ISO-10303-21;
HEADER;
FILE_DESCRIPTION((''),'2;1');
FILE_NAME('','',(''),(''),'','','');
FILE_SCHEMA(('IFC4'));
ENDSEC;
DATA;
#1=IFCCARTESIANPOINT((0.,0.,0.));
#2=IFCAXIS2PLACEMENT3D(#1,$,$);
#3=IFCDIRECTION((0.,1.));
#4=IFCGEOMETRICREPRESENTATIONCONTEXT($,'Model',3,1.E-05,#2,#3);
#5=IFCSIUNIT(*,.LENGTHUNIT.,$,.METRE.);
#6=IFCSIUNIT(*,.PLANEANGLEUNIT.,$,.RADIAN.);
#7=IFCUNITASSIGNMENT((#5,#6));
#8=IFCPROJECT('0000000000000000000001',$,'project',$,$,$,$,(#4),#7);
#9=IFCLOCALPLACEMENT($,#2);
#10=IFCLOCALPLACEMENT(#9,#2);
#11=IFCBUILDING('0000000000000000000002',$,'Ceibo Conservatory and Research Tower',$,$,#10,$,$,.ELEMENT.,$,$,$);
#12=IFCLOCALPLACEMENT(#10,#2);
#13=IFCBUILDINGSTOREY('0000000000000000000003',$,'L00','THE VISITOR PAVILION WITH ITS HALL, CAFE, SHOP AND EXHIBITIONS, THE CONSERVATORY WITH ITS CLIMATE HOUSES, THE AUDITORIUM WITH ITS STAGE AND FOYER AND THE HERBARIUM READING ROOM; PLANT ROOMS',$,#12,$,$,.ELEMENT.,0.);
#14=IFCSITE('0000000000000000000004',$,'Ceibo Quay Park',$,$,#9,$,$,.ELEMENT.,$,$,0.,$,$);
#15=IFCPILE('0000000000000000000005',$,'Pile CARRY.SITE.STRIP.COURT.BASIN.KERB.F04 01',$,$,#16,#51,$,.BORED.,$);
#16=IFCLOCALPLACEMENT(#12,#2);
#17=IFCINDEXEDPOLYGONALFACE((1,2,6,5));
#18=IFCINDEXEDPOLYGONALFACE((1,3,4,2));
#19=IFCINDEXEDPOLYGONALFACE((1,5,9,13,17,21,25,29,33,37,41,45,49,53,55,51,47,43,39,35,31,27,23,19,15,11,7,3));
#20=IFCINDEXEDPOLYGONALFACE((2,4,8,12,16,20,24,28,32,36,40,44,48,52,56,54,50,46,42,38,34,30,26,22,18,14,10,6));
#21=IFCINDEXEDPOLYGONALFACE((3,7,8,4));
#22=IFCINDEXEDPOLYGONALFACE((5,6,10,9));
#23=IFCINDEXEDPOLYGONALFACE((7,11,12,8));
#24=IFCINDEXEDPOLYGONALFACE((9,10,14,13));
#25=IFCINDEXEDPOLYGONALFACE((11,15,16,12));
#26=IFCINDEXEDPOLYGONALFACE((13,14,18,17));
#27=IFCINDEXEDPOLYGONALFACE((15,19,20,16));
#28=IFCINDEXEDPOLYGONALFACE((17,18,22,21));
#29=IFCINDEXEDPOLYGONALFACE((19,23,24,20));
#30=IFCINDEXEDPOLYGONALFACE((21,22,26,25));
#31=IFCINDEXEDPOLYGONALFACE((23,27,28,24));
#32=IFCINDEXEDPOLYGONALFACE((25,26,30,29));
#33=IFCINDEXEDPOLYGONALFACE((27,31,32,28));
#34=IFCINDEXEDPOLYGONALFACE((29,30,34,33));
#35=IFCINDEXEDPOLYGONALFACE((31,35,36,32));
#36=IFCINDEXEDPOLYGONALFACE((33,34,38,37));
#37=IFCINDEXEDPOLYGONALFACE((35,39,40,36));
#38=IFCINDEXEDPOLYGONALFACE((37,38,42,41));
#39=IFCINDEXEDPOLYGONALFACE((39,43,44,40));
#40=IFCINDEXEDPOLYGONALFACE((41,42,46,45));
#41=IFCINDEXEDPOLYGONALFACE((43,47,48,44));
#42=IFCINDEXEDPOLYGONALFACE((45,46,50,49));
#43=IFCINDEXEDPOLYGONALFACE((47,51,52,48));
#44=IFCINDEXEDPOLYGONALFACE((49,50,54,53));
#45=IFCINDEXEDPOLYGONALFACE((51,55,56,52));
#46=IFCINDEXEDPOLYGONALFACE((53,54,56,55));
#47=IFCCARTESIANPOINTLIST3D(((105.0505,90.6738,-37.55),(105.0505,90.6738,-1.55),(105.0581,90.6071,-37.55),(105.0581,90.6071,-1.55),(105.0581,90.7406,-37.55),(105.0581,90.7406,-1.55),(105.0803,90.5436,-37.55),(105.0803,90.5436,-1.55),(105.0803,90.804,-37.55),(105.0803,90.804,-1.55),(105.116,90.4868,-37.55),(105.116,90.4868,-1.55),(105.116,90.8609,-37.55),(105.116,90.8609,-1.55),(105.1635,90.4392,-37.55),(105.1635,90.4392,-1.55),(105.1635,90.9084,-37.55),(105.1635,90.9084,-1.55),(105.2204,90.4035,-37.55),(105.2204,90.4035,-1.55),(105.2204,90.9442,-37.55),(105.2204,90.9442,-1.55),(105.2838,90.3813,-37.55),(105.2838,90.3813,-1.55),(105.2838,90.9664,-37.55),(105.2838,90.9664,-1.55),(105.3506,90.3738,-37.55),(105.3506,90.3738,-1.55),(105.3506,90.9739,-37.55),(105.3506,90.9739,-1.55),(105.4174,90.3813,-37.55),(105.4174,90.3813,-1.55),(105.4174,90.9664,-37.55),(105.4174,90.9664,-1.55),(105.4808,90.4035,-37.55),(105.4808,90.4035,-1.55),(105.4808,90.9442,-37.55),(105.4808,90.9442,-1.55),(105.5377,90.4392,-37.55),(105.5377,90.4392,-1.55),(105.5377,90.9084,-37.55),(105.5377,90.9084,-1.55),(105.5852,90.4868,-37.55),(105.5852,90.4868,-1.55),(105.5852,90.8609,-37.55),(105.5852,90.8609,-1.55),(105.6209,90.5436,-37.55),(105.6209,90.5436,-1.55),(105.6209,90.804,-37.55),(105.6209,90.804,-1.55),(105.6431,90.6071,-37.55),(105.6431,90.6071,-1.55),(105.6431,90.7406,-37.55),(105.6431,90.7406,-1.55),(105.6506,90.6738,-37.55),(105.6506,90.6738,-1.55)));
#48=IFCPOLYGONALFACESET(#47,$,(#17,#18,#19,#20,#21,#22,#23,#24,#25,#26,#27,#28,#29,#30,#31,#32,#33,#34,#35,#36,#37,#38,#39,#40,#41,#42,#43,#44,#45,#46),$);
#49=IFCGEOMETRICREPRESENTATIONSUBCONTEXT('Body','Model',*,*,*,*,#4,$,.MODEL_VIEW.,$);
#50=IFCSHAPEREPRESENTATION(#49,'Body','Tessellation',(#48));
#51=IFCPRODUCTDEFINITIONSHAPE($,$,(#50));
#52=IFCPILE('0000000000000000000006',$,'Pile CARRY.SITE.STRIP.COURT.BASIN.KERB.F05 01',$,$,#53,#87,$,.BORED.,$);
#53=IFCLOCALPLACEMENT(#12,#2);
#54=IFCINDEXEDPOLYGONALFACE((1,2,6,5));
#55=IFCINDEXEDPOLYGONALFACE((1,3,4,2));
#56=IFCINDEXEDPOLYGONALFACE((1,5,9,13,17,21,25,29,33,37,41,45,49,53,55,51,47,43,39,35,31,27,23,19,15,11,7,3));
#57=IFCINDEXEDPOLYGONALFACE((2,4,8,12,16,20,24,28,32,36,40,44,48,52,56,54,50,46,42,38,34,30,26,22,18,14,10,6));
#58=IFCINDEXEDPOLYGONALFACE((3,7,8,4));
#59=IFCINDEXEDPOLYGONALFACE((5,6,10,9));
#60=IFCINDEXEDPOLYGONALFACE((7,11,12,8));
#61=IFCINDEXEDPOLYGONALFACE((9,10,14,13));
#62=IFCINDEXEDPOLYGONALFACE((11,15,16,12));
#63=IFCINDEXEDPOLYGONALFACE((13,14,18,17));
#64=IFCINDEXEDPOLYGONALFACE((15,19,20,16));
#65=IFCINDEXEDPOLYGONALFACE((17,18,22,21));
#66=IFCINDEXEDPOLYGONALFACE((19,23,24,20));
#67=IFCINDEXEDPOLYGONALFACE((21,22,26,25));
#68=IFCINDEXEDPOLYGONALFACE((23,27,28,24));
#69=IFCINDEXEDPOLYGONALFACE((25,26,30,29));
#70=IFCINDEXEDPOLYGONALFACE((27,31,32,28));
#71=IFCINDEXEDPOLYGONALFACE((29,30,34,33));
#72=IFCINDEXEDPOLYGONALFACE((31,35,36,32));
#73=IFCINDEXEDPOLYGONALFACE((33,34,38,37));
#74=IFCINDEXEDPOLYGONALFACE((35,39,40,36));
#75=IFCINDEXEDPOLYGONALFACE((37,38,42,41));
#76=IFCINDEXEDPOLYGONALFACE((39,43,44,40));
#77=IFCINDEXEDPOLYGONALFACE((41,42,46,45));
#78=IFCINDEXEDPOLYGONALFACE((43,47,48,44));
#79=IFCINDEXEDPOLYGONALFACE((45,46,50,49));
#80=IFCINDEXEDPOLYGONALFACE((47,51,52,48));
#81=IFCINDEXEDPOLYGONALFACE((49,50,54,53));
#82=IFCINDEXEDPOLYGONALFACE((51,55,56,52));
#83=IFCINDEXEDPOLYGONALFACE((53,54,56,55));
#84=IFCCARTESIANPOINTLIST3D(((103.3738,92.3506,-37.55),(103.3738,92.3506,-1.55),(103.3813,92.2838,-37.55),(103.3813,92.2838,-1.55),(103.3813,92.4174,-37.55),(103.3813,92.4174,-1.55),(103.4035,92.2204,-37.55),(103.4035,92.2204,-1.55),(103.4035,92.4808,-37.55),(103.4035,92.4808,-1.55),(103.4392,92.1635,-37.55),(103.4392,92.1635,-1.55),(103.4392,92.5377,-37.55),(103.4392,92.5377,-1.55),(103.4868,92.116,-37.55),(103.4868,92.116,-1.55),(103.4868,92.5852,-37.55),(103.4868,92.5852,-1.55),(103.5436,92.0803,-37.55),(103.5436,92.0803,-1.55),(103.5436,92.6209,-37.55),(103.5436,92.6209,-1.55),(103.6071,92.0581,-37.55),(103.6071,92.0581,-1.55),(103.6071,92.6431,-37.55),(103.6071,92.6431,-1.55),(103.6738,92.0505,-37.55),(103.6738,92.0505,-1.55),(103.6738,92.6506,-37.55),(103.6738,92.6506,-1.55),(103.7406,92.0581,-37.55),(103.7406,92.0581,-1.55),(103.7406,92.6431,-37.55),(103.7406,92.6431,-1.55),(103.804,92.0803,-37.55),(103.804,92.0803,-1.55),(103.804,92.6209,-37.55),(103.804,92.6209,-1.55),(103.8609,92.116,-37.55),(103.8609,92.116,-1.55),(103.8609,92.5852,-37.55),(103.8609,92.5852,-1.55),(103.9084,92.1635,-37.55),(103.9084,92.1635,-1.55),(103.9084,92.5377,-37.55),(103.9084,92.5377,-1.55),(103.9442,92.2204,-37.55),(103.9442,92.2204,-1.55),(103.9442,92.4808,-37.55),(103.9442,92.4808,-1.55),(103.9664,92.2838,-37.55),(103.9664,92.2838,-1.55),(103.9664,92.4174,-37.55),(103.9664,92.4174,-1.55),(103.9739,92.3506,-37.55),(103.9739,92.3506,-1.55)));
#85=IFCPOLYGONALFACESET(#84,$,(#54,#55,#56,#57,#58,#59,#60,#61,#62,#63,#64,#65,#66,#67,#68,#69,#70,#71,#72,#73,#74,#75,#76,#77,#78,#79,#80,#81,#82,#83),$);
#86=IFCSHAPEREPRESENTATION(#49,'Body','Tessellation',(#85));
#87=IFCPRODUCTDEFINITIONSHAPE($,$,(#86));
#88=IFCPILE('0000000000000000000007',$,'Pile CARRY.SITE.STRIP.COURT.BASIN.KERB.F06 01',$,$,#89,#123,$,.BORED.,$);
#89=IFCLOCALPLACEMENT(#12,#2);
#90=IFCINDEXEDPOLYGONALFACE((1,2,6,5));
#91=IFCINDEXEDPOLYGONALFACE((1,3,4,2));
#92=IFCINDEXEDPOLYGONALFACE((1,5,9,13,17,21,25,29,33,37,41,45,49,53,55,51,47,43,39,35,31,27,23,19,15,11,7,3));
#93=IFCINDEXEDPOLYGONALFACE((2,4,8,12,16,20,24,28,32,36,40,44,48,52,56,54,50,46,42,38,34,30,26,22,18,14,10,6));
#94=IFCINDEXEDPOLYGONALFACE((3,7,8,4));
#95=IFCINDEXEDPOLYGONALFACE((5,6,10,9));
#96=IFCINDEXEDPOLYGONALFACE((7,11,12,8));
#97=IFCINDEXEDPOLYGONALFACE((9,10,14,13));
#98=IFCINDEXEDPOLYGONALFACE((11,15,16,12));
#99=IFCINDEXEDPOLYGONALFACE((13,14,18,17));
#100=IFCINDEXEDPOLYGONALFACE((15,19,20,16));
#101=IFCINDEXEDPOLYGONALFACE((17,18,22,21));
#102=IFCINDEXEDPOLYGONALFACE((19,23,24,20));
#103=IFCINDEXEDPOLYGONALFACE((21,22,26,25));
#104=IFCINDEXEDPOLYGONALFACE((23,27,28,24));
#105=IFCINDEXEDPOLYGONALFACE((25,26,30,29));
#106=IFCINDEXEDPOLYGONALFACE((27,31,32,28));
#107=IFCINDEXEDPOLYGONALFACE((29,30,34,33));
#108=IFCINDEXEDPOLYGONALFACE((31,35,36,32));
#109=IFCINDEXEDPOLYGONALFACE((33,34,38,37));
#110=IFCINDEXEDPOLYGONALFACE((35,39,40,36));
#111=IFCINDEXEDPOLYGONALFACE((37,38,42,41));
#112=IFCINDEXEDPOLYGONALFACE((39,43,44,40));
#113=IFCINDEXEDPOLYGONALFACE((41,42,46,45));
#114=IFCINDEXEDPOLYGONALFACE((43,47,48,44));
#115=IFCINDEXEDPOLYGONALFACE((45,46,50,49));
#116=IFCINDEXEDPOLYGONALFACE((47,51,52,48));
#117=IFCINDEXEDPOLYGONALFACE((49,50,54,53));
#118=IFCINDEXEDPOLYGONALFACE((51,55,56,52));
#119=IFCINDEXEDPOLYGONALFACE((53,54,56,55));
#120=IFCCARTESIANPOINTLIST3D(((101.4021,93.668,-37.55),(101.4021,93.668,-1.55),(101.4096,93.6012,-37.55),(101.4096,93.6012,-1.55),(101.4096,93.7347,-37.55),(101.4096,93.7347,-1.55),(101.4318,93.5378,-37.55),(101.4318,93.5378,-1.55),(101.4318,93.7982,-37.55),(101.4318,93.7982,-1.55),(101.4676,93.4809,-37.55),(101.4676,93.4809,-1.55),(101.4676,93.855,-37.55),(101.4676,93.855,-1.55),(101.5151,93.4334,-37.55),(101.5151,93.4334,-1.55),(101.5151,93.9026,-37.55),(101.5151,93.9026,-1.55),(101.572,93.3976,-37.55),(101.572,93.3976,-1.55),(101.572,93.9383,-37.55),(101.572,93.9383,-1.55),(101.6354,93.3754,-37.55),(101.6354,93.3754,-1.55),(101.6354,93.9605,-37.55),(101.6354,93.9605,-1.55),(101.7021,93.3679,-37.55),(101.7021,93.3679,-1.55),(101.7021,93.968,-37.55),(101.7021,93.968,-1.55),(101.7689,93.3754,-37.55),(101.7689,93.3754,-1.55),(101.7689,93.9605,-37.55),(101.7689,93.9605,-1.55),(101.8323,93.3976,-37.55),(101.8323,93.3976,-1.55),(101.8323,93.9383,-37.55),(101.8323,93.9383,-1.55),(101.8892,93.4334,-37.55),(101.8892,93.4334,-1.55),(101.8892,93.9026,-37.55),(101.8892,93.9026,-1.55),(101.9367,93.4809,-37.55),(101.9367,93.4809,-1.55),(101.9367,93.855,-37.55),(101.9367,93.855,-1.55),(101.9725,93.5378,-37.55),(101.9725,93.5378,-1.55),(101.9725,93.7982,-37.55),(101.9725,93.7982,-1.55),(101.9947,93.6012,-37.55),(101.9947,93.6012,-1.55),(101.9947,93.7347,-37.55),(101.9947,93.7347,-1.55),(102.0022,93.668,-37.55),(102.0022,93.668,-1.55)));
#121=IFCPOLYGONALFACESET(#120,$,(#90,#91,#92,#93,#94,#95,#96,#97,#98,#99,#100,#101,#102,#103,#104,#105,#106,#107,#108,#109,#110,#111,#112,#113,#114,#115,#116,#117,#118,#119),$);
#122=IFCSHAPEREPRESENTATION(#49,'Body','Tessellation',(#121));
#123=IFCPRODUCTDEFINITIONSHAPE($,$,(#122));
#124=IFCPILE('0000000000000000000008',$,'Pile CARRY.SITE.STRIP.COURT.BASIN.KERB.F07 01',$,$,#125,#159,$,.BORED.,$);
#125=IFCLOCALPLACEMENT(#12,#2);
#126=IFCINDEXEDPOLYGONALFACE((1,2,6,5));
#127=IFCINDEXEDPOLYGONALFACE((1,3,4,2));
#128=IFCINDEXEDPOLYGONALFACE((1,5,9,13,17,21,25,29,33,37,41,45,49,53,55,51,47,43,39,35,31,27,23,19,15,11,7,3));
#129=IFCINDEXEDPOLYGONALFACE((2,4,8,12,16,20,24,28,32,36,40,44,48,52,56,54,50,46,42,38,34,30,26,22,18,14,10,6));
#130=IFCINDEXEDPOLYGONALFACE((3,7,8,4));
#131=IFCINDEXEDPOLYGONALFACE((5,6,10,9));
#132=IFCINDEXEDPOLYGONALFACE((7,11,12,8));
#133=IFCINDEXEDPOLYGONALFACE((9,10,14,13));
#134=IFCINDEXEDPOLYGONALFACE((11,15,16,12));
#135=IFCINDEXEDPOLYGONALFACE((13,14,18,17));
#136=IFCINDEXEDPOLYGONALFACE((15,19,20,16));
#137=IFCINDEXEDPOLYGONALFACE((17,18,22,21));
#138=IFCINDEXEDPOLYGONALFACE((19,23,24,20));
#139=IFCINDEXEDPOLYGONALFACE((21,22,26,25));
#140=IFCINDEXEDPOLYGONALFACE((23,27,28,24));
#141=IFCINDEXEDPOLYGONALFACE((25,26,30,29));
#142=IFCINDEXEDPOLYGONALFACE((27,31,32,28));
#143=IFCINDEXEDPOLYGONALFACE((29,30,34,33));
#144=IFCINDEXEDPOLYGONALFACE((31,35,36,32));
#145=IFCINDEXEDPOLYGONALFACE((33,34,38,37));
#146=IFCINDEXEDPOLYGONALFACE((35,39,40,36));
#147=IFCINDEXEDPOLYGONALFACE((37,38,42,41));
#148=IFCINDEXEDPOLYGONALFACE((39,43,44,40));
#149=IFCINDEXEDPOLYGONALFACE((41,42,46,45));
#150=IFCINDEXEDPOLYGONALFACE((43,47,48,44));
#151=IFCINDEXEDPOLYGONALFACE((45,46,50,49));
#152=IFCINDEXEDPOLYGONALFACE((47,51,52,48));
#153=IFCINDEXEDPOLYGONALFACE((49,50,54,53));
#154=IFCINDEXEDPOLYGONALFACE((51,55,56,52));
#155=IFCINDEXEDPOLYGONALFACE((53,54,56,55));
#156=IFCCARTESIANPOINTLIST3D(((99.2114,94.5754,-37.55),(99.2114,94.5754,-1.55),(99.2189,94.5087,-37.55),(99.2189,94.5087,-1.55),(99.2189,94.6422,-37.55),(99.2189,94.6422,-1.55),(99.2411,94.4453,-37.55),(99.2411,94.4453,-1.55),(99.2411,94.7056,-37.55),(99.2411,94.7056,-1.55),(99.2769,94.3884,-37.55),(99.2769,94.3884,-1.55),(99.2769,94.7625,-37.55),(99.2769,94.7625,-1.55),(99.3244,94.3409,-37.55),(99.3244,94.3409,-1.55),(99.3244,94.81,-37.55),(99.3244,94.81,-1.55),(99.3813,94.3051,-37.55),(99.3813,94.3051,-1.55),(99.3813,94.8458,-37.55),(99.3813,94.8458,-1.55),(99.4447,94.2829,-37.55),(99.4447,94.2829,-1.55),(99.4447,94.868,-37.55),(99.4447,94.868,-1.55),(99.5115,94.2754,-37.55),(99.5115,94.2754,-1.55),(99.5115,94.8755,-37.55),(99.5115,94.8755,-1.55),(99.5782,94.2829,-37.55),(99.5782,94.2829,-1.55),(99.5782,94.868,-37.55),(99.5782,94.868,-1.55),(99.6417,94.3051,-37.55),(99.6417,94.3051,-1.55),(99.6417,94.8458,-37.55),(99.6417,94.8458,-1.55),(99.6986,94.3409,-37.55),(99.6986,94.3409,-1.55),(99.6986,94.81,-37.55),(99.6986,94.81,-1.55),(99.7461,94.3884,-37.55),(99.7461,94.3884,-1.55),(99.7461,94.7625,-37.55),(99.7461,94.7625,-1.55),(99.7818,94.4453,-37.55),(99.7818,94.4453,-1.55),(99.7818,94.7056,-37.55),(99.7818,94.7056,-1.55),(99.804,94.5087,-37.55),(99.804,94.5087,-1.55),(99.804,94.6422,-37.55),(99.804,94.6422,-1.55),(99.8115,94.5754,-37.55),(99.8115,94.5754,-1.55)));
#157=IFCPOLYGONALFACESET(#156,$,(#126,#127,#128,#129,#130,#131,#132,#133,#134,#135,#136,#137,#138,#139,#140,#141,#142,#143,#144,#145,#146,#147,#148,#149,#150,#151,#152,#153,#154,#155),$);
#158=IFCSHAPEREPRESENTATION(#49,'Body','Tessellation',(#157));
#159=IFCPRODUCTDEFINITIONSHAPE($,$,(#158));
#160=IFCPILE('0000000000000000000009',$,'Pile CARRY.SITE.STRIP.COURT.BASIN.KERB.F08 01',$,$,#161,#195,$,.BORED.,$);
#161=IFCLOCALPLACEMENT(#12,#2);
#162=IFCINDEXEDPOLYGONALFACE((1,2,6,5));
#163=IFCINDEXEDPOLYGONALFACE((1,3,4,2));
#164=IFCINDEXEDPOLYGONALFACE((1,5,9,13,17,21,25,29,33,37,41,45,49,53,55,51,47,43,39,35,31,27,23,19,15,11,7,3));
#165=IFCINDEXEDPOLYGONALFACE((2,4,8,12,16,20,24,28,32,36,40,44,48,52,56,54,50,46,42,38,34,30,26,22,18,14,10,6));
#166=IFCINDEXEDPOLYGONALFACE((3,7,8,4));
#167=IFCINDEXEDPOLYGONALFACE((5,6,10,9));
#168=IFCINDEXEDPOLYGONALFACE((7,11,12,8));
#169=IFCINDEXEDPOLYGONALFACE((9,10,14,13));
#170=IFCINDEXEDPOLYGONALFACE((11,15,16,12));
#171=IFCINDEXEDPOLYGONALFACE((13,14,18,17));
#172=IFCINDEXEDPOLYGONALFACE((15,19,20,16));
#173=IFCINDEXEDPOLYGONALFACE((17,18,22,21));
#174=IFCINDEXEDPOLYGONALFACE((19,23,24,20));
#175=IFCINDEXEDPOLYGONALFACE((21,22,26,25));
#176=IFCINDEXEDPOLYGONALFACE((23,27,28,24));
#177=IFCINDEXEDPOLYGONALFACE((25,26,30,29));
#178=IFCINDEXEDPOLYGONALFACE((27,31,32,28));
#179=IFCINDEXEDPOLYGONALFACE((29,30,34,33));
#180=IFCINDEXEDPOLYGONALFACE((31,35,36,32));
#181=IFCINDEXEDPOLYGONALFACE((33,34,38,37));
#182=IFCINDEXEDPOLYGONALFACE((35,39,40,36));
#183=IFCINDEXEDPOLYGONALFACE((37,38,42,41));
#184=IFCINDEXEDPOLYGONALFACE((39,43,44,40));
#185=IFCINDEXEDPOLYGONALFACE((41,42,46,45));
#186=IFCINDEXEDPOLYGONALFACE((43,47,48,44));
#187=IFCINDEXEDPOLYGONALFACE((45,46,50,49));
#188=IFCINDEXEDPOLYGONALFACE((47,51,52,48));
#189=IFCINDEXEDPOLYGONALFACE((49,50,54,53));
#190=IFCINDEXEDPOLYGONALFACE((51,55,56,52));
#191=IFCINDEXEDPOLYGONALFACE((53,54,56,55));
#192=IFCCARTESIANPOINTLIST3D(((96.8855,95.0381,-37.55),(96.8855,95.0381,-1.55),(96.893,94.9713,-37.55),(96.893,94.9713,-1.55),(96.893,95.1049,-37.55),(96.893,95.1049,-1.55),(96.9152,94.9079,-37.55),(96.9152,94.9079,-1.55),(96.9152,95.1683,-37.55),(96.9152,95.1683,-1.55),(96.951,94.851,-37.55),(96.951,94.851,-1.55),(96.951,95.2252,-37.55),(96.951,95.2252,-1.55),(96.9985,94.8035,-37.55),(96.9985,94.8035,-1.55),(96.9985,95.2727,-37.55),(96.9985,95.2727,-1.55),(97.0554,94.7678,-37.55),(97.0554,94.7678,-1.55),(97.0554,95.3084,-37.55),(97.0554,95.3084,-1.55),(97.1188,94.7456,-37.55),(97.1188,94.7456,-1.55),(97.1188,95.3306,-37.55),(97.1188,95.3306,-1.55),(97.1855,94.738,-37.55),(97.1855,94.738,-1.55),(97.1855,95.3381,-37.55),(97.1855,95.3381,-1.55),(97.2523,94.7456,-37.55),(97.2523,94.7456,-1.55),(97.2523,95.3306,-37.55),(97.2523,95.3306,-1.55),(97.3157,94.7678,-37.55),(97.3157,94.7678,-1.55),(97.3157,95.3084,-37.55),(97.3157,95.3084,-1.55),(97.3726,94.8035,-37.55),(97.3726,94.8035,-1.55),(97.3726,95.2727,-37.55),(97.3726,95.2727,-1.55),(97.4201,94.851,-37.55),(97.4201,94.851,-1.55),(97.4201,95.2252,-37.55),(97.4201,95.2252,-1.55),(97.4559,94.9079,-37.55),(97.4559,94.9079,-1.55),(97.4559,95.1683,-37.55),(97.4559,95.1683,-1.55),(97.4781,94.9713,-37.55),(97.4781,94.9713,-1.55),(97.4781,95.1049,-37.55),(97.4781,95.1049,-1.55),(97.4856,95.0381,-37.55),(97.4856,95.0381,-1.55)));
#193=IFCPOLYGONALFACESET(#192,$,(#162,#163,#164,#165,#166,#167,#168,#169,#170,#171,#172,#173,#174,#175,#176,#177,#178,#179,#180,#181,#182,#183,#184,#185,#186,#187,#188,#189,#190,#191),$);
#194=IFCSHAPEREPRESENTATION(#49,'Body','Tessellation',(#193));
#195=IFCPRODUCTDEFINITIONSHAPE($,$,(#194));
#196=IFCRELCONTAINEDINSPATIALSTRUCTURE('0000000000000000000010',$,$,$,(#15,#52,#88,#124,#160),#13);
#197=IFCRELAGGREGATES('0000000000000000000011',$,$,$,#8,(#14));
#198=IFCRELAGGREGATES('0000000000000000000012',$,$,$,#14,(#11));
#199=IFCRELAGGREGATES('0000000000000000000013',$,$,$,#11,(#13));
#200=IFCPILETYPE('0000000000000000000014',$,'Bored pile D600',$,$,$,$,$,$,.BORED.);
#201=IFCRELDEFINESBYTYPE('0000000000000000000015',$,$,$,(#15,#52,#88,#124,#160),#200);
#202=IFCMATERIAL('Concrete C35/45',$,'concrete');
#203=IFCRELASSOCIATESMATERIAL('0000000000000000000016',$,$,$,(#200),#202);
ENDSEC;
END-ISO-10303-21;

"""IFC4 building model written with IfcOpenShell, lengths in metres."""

from ifc_helpers import new_model, si_unit, direction, frame, origin, origin_2d, place, context, subcontext, project, spatial, circle, extrude, material, material_profile, profile_set, type_object, element, save


model = new_model("IFC4")

# Units and contexts
model_context = context("Model", 3, precision=1e-05, world=origin(), true_north=direction((0.0, 1.0)))
body_context = subcontext(model_context, "Body", "Model", "MODEL_VIEW")
ifc_project = project(units=[si_unit("LENGTHUNIT", "METRE"), si_unit("PLANEANGLEUNIT", "RADIAN")], contexts=[model_context])

# Site, building, storey
site_placement = place(None, origin())
site = spatial("IfcSite", under=ifc_project, at=site_placement, Name="Ceibo Quay Park", CompositionType="ELEMENT", RefElevation=0.0)
building_placement = place(site_placement, origin())
building = spatial("IfcBuilding", under=site, at=building_placement, Name="Ceibo Conservatory and Research Tower", CompositionType="ELEMENT")
storey_placement = place(building_placement, origin())
storey = spatial("IfcBuildingStorey", under=building, at=storey_placement, Name="L00", Description="THE VISITOR PAVILION WITH ITS HALL, CAFE, SHOP AND EXHIBITIONS, THE CONSERVATORY WITH ITS CLIMATE HOUSES, THE AUDITORIUM WITH ITS STAGE AND FOYER AND THE HERBARIUM READING ROOM; PLANT ROOMS", CompositionType="ELEMENT", Elevation=0.0)

# Piles
ifc_material_1 = material(Name="Concrete C35/45", Category="concrete")
ifc_material_profile_1 = material_profile(ifc_material_1, circle(Radius=0.3, at=origin_2d()), Name="RC D600")
ifc_profile_set_1 = profile_set([ifc_material_profile_1], Name="Concrete C35/45")
pile_type = type_object("IfcPileType", Name="Bored pile D600", PredefinedType="BORED", material=ifc_profile_set_1)
for number, where, z_axis, x_axis, name in (
    (1, (105.3506, 90.6738, -1.55), (0.0, 0.0, -1.0), (1.0, 0.0, 0.0), "Pile CARRY.SITE.STRIP.COURT.BASIN.KERB.F04 01"),
    (2, (103.6738, 92.3506, -1.55), (0.0, 0.0, -1.0), (1.0, 0.0, 0.0), "Pile CARRY.SITE.STRIP.COURT.BASIN.KERB.F05 01"),
    (3, (101.7021, 93.668, -1.55), (0.0, 0.0, -1.0), (1.0, 0.0, 0.0), "Pile CARRY.SITE.STRIP.COURT.BASIN.KERB.F06 01"),
    (4, (99.5115, 94.5754, -1.55), (0.0, 0.0, -1.0), (1.0, 0.0, 0.0), "Pile CARRY.SITE.STRIP.COURT.BASIN.KERB.F07 01"),
    (5, (97.1855, 95.0381, -1.55), (0.0, 0.0, -1.0), (1.0, 0.0, 0.0), "Pile CARRY.SITE.STRIP.COURT.BASIN.KERB.F08 01"),
):
    element("IfcPile", number, at=place(storey_placement, frame(where, z_axis=z_axis, x_axis=x_axis)), inside=storey, type_object=pile_type, Name=name, PredefinedType="BORED", context=body_context, shape_type="SweptSolid", body=[
        extrude(circle(Radius=0.3, at=origin_2d()), origin(), (0.0, 0.0, 1.0), 36.0),
    ])

save(model, "model.ifc")
